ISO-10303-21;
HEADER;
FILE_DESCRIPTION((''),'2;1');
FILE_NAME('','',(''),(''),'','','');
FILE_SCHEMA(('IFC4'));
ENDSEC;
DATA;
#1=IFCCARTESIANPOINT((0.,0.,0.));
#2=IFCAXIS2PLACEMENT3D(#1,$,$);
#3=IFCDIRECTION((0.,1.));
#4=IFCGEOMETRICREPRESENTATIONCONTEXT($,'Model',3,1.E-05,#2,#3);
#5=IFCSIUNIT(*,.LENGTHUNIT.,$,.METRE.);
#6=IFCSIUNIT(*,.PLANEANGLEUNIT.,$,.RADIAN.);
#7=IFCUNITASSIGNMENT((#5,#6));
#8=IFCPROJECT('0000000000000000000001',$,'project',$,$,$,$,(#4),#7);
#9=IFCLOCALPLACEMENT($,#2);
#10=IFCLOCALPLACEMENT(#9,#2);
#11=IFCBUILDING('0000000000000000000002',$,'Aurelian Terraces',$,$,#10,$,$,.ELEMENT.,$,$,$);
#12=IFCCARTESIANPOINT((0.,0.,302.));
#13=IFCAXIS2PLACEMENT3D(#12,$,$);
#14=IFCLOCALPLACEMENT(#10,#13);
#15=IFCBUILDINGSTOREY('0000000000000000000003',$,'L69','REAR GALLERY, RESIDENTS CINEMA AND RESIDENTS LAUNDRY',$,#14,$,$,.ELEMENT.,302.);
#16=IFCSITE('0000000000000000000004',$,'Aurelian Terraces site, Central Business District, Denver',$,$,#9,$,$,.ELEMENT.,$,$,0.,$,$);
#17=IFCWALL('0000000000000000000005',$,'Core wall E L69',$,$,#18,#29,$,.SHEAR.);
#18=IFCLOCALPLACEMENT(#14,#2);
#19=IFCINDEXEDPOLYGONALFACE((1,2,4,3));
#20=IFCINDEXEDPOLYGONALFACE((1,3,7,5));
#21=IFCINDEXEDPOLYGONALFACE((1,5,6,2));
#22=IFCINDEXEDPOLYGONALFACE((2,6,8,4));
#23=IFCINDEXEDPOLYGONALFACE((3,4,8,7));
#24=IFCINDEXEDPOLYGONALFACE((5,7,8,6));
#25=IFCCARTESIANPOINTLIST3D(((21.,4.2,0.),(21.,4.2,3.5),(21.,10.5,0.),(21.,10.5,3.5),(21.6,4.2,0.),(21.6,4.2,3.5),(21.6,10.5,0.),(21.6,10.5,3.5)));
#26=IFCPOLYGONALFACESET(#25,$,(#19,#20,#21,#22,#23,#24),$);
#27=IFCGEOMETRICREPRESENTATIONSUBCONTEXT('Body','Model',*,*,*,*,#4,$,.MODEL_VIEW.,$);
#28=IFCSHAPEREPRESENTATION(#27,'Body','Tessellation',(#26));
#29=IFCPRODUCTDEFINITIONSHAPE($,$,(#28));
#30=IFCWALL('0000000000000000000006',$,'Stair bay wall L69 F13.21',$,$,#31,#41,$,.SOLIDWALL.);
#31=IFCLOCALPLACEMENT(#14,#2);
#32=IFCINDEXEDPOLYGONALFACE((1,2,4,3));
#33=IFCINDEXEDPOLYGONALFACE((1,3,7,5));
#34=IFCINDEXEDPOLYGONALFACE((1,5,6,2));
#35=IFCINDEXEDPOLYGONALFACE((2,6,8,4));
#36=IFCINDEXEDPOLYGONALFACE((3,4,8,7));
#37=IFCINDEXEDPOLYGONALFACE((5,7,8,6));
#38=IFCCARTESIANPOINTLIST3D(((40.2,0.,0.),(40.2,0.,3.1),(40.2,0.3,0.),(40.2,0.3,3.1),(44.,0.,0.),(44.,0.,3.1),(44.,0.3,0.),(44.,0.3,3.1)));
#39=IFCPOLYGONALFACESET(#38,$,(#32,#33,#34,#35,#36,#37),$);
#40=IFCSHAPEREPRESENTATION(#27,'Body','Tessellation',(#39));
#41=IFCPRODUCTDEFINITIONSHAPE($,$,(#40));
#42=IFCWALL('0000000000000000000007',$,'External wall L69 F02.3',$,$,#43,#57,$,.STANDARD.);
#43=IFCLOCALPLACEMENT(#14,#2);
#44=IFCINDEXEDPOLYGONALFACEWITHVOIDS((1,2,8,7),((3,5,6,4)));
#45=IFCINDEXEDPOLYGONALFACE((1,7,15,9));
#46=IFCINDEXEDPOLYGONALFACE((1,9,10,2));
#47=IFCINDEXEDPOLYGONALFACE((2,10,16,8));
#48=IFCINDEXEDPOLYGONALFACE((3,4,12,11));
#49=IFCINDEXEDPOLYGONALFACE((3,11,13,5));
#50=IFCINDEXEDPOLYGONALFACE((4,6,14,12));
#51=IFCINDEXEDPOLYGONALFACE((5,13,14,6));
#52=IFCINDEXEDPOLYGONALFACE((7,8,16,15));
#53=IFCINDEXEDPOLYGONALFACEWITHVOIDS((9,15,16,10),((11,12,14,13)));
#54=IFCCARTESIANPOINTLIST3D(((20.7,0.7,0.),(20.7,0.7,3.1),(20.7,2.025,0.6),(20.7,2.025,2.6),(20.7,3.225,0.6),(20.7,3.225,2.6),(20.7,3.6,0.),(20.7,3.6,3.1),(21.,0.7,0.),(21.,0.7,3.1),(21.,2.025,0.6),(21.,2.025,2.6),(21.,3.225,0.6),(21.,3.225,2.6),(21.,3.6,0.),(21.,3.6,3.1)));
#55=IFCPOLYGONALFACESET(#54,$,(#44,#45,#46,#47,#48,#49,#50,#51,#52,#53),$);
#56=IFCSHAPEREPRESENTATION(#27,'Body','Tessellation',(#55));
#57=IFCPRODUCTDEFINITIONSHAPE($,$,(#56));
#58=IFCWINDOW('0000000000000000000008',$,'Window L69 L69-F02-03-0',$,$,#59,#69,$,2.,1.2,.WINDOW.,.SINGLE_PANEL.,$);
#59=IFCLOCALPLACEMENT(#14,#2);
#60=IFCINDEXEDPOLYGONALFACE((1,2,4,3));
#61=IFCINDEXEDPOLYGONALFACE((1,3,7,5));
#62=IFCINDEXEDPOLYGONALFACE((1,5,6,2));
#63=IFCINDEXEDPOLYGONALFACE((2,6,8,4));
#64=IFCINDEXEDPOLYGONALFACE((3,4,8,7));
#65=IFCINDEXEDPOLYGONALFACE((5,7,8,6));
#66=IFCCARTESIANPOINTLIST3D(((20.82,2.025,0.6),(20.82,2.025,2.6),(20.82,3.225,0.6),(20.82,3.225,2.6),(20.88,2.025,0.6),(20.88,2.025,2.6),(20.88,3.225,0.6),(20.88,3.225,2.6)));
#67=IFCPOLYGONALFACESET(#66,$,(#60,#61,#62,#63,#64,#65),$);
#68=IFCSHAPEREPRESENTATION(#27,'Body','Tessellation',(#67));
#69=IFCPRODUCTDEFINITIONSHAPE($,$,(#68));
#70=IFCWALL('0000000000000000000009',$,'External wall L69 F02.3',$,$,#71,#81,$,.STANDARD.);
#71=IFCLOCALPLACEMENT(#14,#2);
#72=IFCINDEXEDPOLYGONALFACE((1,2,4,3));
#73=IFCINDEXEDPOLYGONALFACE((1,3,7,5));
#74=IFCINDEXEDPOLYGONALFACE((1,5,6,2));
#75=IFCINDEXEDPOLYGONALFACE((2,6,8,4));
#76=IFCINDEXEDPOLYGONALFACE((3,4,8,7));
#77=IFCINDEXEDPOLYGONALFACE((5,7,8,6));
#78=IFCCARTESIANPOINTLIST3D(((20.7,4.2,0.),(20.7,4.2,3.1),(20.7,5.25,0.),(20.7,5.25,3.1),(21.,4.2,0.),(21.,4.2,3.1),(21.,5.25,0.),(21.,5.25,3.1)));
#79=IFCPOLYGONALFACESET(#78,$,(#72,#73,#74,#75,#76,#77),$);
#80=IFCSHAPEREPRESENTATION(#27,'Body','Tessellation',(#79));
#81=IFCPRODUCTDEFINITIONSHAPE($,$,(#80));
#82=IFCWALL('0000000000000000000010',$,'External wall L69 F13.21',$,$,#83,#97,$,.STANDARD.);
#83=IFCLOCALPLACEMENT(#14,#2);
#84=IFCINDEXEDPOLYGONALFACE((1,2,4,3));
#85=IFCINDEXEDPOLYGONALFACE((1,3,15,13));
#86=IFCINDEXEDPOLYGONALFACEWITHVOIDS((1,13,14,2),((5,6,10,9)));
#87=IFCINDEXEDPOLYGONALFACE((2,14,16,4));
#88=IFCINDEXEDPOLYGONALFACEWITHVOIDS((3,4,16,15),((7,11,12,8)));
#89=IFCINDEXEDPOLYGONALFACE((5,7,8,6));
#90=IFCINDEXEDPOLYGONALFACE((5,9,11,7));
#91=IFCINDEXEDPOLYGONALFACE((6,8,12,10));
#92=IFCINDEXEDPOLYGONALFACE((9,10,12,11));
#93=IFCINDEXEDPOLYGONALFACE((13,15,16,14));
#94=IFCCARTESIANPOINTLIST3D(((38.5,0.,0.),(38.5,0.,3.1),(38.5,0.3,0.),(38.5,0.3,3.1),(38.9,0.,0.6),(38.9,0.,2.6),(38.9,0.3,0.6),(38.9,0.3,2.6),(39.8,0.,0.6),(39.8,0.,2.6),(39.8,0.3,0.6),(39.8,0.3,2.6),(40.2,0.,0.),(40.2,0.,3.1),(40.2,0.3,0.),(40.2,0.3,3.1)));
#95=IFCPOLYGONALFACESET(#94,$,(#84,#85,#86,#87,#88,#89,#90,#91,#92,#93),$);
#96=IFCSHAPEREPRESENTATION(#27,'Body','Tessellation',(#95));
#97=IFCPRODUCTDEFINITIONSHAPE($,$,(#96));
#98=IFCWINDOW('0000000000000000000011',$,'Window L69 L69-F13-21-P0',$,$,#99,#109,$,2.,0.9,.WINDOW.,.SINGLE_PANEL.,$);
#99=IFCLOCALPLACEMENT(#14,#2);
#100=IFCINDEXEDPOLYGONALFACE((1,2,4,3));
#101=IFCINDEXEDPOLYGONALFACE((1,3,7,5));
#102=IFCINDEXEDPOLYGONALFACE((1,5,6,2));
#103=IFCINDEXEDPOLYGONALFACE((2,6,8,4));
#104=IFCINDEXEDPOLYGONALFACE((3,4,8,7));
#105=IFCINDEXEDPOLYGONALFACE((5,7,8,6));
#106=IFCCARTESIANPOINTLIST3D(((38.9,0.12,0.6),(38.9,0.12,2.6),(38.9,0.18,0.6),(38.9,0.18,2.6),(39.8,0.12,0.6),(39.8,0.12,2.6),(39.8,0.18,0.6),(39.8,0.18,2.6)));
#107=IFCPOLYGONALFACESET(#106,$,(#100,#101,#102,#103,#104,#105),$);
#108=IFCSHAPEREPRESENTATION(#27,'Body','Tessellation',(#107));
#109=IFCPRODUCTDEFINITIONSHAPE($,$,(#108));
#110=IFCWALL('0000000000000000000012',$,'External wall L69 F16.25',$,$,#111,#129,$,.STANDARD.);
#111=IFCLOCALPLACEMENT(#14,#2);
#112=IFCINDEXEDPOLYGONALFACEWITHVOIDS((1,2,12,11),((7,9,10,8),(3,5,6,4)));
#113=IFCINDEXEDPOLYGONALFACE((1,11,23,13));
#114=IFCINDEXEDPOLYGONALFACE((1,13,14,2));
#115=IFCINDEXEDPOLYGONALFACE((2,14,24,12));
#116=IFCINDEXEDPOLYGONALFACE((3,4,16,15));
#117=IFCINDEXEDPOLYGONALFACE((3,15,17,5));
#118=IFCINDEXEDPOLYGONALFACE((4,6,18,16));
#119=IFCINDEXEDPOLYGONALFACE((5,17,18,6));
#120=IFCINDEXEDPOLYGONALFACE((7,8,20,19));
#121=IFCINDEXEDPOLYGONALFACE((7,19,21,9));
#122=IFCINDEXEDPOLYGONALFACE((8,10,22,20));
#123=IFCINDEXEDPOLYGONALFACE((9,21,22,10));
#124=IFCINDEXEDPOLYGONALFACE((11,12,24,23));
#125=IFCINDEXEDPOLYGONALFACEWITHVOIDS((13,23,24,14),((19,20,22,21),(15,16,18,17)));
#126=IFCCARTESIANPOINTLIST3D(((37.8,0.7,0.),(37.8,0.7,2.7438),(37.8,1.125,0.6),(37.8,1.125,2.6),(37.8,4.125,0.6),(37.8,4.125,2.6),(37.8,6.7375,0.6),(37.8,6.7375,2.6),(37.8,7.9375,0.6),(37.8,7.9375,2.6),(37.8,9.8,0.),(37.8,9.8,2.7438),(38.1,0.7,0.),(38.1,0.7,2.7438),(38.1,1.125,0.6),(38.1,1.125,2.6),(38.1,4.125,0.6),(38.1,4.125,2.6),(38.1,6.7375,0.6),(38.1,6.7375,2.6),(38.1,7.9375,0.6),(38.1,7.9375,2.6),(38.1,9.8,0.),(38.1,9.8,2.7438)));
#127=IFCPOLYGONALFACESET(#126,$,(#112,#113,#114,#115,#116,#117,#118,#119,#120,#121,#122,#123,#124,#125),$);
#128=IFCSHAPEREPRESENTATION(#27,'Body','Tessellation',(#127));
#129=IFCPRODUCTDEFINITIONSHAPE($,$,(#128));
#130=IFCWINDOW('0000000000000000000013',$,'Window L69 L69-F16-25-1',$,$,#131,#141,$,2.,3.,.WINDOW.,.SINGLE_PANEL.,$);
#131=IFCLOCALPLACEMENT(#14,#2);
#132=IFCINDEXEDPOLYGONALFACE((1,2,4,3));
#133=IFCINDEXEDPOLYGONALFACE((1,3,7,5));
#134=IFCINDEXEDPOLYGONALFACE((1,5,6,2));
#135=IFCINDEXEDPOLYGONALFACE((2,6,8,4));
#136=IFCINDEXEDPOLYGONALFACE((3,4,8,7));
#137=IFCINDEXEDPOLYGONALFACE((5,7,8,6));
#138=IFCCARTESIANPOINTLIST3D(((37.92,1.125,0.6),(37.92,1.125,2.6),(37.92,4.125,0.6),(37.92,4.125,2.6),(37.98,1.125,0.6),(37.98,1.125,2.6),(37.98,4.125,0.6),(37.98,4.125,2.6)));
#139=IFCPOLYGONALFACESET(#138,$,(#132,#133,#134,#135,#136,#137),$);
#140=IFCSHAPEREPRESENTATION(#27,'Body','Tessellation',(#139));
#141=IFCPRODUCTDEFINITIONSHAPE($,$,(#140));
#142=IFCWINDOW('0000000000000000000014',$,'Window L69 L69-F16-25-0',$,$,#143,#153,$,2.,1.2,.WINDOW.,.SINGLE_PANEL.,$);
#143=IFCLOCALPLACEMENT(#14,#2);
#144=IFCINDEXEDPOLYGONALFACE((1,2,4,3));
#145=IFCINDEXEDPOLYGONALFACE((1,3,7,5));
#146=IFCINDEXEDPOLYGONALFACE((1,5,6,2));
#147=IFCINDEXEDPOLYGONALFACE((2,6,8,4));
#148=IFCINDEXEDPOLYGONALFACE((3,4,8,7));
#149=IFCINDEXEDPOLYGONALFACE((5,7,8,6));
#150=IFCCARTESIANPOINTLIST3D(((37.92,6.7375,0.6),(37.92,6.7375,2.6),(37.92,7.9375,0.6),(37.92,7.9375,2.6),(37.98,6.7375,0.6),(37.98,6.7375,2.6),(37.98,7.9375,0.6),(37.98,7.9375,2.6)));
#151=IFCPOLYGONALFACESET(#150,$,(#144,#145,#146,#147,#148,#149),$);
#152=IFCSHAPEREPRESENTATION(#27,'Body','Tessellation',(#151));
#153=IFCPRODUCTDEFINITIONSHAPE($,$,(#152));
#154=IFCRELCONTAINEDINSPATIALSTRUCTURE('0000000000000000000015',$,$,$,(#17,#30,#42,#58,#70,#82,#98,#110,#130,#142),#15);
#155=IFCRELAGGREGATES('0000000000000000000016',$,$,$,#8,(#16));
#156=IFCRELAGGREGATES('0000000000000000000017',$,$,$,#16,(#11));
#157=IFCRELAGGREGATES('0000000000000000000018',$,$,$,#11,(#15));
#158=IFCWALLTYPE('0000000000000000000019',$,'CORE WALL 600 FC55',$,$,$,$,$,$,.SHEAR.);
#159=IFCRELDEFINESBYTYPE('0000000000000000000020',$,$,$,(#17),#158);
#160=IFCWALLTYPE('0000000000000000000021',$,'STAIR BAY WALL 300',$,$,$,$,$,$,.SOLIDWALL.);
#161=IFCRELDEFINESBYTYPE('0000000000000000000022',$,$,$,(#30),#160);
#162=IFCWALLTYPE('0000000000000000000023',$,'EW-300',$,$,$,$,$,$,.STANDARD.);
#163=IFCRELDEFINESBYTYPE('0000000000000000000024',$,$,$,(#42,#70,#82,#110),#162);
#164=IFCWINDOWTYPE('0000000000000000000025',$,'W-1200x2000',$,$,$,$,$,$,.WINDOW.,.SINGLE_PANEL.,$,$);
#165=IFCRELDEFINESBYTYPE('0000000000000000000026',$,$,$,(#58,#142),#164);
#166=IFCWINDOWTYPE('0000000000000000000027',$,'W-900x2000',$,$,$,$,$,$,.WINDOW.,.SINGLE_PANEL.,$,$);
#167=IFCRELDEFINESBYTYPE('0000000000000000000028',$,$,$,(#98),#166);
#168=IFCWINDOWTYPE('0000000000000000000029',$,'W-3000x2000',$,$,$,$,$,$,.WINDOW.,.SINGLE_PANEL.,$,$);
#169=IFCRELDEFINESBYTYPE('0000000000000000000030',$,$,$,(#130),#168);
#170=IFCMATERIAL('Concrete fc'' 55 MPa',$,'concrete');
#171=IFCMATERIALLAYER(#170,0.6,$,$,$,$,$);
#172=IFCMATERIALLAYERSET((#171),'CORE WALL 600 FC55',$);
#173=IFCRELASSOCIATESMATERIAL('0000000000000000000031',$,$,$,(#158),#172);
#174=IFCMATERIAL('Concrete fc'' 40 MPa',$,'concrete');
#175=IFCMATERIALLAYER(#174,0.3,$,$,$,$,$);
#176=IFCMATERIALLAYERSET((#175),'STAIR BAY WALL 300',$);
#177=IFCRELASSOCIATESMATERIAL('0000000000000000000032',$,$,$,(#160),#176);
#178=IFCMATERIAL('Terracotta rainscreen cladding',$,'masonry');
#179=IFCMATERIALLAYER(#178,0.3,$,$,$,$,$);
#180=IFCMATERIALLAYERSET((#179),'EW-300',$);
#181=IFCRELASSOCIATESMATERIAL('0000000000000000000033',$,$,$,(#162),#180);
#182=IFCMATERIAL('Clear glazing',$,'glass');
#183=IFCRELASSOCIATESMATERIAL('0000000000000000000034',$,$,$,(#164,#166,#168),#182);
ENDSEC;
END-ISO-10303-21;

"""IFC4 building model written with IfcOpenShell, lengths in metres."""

from ifc_helpers import new_model, si_unit, direction, frame, frame_2d, origin, place, context, subcontext, project, spatial, rectangle, extrude, source, transform, mapped, material, layer, layer_set, type_object, element, fill, save


model = new_model("IFC4")

# Units and contexts
model_context = context("Model", 3, precision=1e-05, world=origin(), true_north=direction((0.0, 1.0)))
body_context = subcontext(model_context, "Body", "Model", "MODEL_VIEW")
ifc_project = project(units=[si_unit("LENGTHUNIT", "METRE"), si_unit("PLANEANGLEUNIT", "RADIAN")], contexts=[model_context])

# Site, building, storey
site_placement = place(None, origin())
site = spatial("IfcSite", under=ifc_project, at=site_placement, Name="Aurelian Terraces site, Central Business District, Denver", CompositionType="ELEMENT", RefElevation=0.0)
building_placement = place(site_placement, origin())
building = spatial("IfcBuilding", under=site, at=building_placement, Name="Aurelian Terraces", CompositionType="ELEMENT")
storey_placement = place(building_placement, frame((0.0, 0.0, 302.0)))
storey = spatial("IfcBuildingStorey", under=building, at=storey_placement, Name="L69", Description="REAR GALLERY, RESIDENTS CINEMA AND RESIDENTS LAUNDRY", CompositionType="ELEMENT", Elevation=302.0)

# Shared definitions
ifc_material_1 = material(Name="Concrete fc' 55 MPa", Category="concrete")

# Walls
ifc_layer_1 = layer(ifc_material_1, 0.6)
ifc_layer_set_1 = layer_set([ifc_layer_1], Name="CORE WALL 600 FC55")
wall_type_1 = type_object("IfcWallType", Name="CORE WALL 600 FC55", PredefinedType="SHEAR", material=ifc_layer_set_1)
shared_shape_1 = source(origin(), body_context, "Body", "SweptSolid", [
    extrude(rectangle(XDim=6.3, YDim=0.6, at=frame_2d((3.15, 0.0))), origin(), (0.0, 0.0, 1.0), 3.5),
])
wall_1_placement = place(storey_placement, frame((21.3, 4.2, 0.0), z_axis=(0.0, 0.0, 1.0), x_axis=(0.0, 1.0, 0.0)))
element("IfcWall", 1, at=wall_1_placement, inside=storey, type_object=wall_type_1, Name="Core wall E L69", PredefinedType="SHEAR", context=body_context, shape_type="MappedRepresentation", body=[
    mapped(shared_shape_1, transform((0.0, 0.0, 0.0), scale=1.0)),
])
ifc_material_2 = material(Name="Concrete fc' 40 MPa", Category="concrete")
ifc_layer_2 = layer(ifc_material_2, 0.3)
ifc_layer_set_2 = layer_set([ifc_layer_2], Name="STAIR BAY WALL 300")
wall_type_2 = type_object("IfcWallType", Name="STAIR BAY WALL 300", PredefinedType="SOLIDWALL", material=ifc_layer_set_2)
shared_shape_2 = source(origin(), body_context, "Body", "SweptSolid", [
    extrude(rectangle(XDim=3.8, YDim=0.3, at=frame_2d((1.9, 0.0))), origin(), (0.0, 0.0, 1.0), 3.1),
])
wall_2_placement = place(storey_placement, frame((40.2, 0.15, 0.0), z_axis=(0.0, 0.0, 1.0), x_axis=(1.0, 0.0, 0.0)))
element("IfcWall", 2, at=wall_2_placement, inside=storey, type_object=wall_type_2, Name="Stair bay wall L69 F13.21", PredefinedType="SOLIDWALL", context=body_context, shape_type="MappedRepresentation", body=[
    mapped(shared_shape_2, transform((0.0, 0.0, 0.0), scale=1.0)),
])

# Wall, opening, window
ifc_material_3 = material(Name="Terracotta rainscreen cladding", Category="masonry")
ifc_layer_3 = layer(ifc_material_3, 0.3)
ifc_layer_set_3 = layer_set([ifc_layer_3], Name="EW-300")
wall_type_3 = type_object("IfcWallType", Name="EW-300", PredefinedType="STANDARD", material=ifc_layer_set_3)
shared_shape_3 = source(origin(), body_context, "Body", "SweptSolid", [
    extrude(rectangle(XDim=2.9, YDim=0.3, at=frame_2d((1.45, 0.0))), origin(), (0.0, 0.0, 1.0), 3.1),
])
wall_3_placement = place(storey_placement, frame((20.85, 0.7, 0.0), z_axis=(0.0, 0.0, 1.0), x_axis=(0.0, 1.0, 0.0)))
wall_3 = element("IfcWall", 3, at=wall_3_placement, inside=storey, type_object=wall_type_3, Name="External wall L69 F02.3", PredefinedType="STANDARD", context=body_context, shape_type="MappedRepresentation", body=[
    mapped(shared_shape_3, transform((0.0, 0.0, 0.0), scale=1.0)),
])
shared_shape_4 = source(origin(), body_context, "Body", "SweptSolid", [
    extrude(rectangle(XDim=1.2, YDim=2.0, at=frame_2d((0.6, 1.0))), frame((0.0, 0.16, 0.0), z_axis=(0.0, -1.0, 0.0), x_axis=(1.0, 0.0, 0.0)), (0.0, 0.0, 1.0), 0.32),
])
opening_1_placement = place(wall_3_placement, frame((1.325, 0.0, 0.6)))
opening_1 = element("IfcOpeningElement", 4, at=opening_1_placement, cuts=wall_3, PredefinedType="OPENING", context=body_context, shape_type="MappedRepresentation", body=[
    mapped(shared_shape_4, transform((0.0, 0.0, 0.0), scale=1.0)),
])
ifc_material_4 = material(Name="Clear glazing", Category="glass")
window_type_1 = type_object("IfcWindowType", Name="W-1200x2000", PartitioningType="SINGLE_PANEL", PredefinedType="WINDOW", material=ifc_material_4)
shared_shape_5 = source(origin(), body_context, "Body", "SweptSolid", [
    extrude(rectangle(XDim=1.2, YDim=2.0, at=frame_2d((0.6, 1.0))), frame((0.0, 0.03, 0.0), z_axis=(0.0, -1.0, 0.0), x_axis=(1.0, 0.0, 0.0)), (0.0, 0.0, 1.0), 0.06),
])
window_1_placement = place(opening_1_placement, origin())
window_1 = element("IfcWindow", 5, at=window_1_placement, inside=storey, type_object=window_type_1, Name="Window L69 L69-F02-03-0", OverallHeight=2.0, OverallWidth=1.2, PartitioningType="SINGLE_PANEL", PredefinedType="WINDOW", context=body_context, shape_type="MappedRepresentation", body=[
    mapped(shared_shape_5, transform((0.0, 0.0, 0.0), scale=1.0)),
])
fill(opening_1, window_1)

# Wall
shared_shape_6 = source(origin(), body_context, "Body", "SweptSolid", [
    extrude(rectangle(XDim=1.05, YDim=0.3, at=frame_2d((0.525, 0.0))), origin(), (0.0, 0.0, 1.0), 3.1),
])
wall_4_placement = place(storey_placement, frame((20.85, 4.2, 0.0), z_axis=(0.0, 0.0, 1.0), x_axis=(0.0, 1.0, 0.0)))
element("IfcWall", 6, at=wall_4_placement, inside=storey, type_object=wall_type_3, Name="External wall L69 F02.3", PredefinedType="STANDARD", context=body_context, shape_type="MappedRepresentation", body=[
    mapped(shared_shape_6, transform((0.0, 0.0, 0.0), scale=1.0)),
])

# Wall, opening, window
shared_shape_7 = source(origin(), body_context, "Body", "SweptSolid", [
    extrude(rectangle(XDim=1.7, YDim=0.3, at=frame_2d((0.85, 0.0))), origin(), (0.0, 0.0, 1.0), 3.1),
])
wall_5_placement = place(storey_placement, frame((38.5, 0.15, 0.0), z_axis=(0.0, 0.0, 1.0), x_axis=(1.0, 0.0, 0.0)))
wall_5 = element("IfcWall", 7, at=wall_5_placement, inside=storey, type_object=wall_type_3, Name="External wall L69 F13.21", PredefinedType="STANDARD", context=body_context, shape_type="MappedRepresentation", body=[
    mapped(shared_shape_7, transform((0.0, 0.0, 0.0), scale=1.0)),
])
shared_shape_8 = source(origin(), body_context, "Body", "SweptSolid", [
    extrude(rectangle(XDim=0.9, YDim=2.0, at=frame_2d((0.45, 1.0))), frame((0.0, 0.16, 0.0), z_axis=(0.0, -1.0, 0.0), x_axis=(1.0, 0.0, 0.0)), (0.0, 0.0, 1.0), 0.32),
])
opening_2_placement = place(wall_5_placement, frame((0.4, 0.0, 0.6)))
opening_2 = element("IfcOpeningElement", 8, at=opening_2_placement, cuts=wall_5, PredefinedType="OPENING", context=body_context, shape_type="MappedRepresentation", body=[
    mapped(shared_shape_8, transform((0.0, 0.0, 0.0), scale=1.0)),
])
window_type_2 = type_object("IfcWindowType", Name="W-900x2000", PartitioningType="SINGLE_PANEL", PredefinedType="WINDOW", material=ifc_material_4)
shared_shape_9 = source(origin(), body_context, "Body", "SweptSolid", [
    extrude(rectangle(XDim=0.9, YDim=2.0, at=frame_2d((0.45, 1.0))), frame((0.0, 0.03, 0.0), z_axis=(0.0, -1.0, 0.0), x_axis=(1.0, 0.0, 0.0)), (0.0, 0.0, 1.0), 0.06),
])
window_2_placement = place(opening_2_placement, origin())
window_2 = element("IfcWindow", 9, at=window_2_placement, inside=storey, type_object=window_type_2, Name="Window L69 L69-F13-21-P0", OverallHeight=2.0, OverallWidth=0.9, PartitioningType="SINGLE_PANEL", PredefinedType="WINDOW", context=body_context, shape_type="MappedRepresentation", body=[
    mapped(shared_shape_9, transform((0.0, 0.0, 0.0), scale=1.0)),
])
fill(opening_2, window_2)

# Wall, openings, windows
shared_shape_10 = source(origin(), body_context, "Body", "SweptSolid", [
    extrude(rectangle(XDim=9.1, YDim=0.3, at=frame_2d((4.55, 0.0))), origin(), (0.0, 0.0, 1.0), 2.7438),
])
wall_6_placement = place(storey_placement, frame((37.95, 9.8, 0.0), z_axis=(0.0, 0.0, 1.0), x_axis=(0.0, -1.0, 0.0)))
wall_6 = element("IfcWall", 10, at=wall_6_placement, inside=storey, type_object=wall_type_3, Name="External wall L69 F16.25", PredefinedType="STANDARD", context=body_context, shape_type="MappedRepresentation", body=[
    mapped(shared_shape_10, transform((0.0, 0.0, 0.0), scale=1.0)),
])
opening_3_placement = place(wall_6_placement, frame((1.8625, 0.0, 0.6)))
opening_3 = element("IfcOpeningElement", 11, at=opening_3_placement, cuts=wall_6, PredefinedType="OPENING", context=body_context, shape_type="MappedRepresentation", body=[
    mapped(shared_shape_4, transform((0.0, 0.0, 0.0), scale=1.0)),
])
shared_shape_11 = source(origin(), body_context, "Body", "SweptSolid", [
    extrude(rectangle(XDim=3.0, YDim=2.0, at=frame_2d((1.5, 1.0))), frame((0.0, 0.16, 0.0), z_axis=(0.0, -1.0, 0.0), x_axis=(1.0, 0.0, 0.0)), (0.0, 0.0, 1.0), 0.32),
])
opening_4_placement = place(wall_6_placement, frame((5.675, 0.0, 0.6)))
opening_4 = element("IfcOpeningElement", 12, at=opening_4_placement, cuts=wall_6, PredefinedType="OPENING", context=body_context, shape_type="MappedRepresentation", body=[
    mapped(shared_shape_11, transform((0.0, 0.0, 0.0), scale=1.0)),
])
window_type_3 = type_object("IfcWindowType", Name="W-3000x2000", PartitioningType="SINGLE_PANEL", PredefinedType="WINDOW", material=ifc_material_4)
shared_shape_12 = source(origin(), body_context, "Body", "SweptSolid", [
    extrude(rectangle(XDim=3.0, YDim=2.0, at=frame_2d((1.5, 1.0))), frame((0.0, 0.03, 0.0), z_axis=(0.0, -1.0, 0.0), x_axis=(1.0, 0.0, 0.0)), (0.0, 0.0, 1.0), 0.06),
])
window_3_placement = place(opening_4_placement, origin())
window_3 = element("IfcWindow", 13, at=window_3_placement, inside=storey, type_object=window_type_3, Name="Window L69 L69-F16-25-1", OverallHeight=2.0, OverallWidth=3.0, PartitioningType="SINGLE_PANEL", PredefinedType="WINDOW", context=body_context, shape_type="MappedRepresentation", body=[
    mapped(shared_shape_12, transform((0.0, 0.0, 0.0), scale=1.0)),
])
fill(opening_4, window_3)
window_4_placement = place(opening_3_placement, origin())
window_4 = element("IfcWindow", 14, at=window_4_placement, inside=storey, type_object=window_type_1, Name="Window L69 L69-F16-25-0", OverallHeight=2.0, OverallWidth=1.2, PartitioningType="SINGLE_PANEL", PredefinedType="WINDOW", context=body_context, shape_type="MappedRepresentation", body=[
    mapped(shared_shape_5, transform((0.0, 0.0, 0.0), scale=1.0)),
])
fill(opening_3, window_4)

save(model, "model.ifc")
